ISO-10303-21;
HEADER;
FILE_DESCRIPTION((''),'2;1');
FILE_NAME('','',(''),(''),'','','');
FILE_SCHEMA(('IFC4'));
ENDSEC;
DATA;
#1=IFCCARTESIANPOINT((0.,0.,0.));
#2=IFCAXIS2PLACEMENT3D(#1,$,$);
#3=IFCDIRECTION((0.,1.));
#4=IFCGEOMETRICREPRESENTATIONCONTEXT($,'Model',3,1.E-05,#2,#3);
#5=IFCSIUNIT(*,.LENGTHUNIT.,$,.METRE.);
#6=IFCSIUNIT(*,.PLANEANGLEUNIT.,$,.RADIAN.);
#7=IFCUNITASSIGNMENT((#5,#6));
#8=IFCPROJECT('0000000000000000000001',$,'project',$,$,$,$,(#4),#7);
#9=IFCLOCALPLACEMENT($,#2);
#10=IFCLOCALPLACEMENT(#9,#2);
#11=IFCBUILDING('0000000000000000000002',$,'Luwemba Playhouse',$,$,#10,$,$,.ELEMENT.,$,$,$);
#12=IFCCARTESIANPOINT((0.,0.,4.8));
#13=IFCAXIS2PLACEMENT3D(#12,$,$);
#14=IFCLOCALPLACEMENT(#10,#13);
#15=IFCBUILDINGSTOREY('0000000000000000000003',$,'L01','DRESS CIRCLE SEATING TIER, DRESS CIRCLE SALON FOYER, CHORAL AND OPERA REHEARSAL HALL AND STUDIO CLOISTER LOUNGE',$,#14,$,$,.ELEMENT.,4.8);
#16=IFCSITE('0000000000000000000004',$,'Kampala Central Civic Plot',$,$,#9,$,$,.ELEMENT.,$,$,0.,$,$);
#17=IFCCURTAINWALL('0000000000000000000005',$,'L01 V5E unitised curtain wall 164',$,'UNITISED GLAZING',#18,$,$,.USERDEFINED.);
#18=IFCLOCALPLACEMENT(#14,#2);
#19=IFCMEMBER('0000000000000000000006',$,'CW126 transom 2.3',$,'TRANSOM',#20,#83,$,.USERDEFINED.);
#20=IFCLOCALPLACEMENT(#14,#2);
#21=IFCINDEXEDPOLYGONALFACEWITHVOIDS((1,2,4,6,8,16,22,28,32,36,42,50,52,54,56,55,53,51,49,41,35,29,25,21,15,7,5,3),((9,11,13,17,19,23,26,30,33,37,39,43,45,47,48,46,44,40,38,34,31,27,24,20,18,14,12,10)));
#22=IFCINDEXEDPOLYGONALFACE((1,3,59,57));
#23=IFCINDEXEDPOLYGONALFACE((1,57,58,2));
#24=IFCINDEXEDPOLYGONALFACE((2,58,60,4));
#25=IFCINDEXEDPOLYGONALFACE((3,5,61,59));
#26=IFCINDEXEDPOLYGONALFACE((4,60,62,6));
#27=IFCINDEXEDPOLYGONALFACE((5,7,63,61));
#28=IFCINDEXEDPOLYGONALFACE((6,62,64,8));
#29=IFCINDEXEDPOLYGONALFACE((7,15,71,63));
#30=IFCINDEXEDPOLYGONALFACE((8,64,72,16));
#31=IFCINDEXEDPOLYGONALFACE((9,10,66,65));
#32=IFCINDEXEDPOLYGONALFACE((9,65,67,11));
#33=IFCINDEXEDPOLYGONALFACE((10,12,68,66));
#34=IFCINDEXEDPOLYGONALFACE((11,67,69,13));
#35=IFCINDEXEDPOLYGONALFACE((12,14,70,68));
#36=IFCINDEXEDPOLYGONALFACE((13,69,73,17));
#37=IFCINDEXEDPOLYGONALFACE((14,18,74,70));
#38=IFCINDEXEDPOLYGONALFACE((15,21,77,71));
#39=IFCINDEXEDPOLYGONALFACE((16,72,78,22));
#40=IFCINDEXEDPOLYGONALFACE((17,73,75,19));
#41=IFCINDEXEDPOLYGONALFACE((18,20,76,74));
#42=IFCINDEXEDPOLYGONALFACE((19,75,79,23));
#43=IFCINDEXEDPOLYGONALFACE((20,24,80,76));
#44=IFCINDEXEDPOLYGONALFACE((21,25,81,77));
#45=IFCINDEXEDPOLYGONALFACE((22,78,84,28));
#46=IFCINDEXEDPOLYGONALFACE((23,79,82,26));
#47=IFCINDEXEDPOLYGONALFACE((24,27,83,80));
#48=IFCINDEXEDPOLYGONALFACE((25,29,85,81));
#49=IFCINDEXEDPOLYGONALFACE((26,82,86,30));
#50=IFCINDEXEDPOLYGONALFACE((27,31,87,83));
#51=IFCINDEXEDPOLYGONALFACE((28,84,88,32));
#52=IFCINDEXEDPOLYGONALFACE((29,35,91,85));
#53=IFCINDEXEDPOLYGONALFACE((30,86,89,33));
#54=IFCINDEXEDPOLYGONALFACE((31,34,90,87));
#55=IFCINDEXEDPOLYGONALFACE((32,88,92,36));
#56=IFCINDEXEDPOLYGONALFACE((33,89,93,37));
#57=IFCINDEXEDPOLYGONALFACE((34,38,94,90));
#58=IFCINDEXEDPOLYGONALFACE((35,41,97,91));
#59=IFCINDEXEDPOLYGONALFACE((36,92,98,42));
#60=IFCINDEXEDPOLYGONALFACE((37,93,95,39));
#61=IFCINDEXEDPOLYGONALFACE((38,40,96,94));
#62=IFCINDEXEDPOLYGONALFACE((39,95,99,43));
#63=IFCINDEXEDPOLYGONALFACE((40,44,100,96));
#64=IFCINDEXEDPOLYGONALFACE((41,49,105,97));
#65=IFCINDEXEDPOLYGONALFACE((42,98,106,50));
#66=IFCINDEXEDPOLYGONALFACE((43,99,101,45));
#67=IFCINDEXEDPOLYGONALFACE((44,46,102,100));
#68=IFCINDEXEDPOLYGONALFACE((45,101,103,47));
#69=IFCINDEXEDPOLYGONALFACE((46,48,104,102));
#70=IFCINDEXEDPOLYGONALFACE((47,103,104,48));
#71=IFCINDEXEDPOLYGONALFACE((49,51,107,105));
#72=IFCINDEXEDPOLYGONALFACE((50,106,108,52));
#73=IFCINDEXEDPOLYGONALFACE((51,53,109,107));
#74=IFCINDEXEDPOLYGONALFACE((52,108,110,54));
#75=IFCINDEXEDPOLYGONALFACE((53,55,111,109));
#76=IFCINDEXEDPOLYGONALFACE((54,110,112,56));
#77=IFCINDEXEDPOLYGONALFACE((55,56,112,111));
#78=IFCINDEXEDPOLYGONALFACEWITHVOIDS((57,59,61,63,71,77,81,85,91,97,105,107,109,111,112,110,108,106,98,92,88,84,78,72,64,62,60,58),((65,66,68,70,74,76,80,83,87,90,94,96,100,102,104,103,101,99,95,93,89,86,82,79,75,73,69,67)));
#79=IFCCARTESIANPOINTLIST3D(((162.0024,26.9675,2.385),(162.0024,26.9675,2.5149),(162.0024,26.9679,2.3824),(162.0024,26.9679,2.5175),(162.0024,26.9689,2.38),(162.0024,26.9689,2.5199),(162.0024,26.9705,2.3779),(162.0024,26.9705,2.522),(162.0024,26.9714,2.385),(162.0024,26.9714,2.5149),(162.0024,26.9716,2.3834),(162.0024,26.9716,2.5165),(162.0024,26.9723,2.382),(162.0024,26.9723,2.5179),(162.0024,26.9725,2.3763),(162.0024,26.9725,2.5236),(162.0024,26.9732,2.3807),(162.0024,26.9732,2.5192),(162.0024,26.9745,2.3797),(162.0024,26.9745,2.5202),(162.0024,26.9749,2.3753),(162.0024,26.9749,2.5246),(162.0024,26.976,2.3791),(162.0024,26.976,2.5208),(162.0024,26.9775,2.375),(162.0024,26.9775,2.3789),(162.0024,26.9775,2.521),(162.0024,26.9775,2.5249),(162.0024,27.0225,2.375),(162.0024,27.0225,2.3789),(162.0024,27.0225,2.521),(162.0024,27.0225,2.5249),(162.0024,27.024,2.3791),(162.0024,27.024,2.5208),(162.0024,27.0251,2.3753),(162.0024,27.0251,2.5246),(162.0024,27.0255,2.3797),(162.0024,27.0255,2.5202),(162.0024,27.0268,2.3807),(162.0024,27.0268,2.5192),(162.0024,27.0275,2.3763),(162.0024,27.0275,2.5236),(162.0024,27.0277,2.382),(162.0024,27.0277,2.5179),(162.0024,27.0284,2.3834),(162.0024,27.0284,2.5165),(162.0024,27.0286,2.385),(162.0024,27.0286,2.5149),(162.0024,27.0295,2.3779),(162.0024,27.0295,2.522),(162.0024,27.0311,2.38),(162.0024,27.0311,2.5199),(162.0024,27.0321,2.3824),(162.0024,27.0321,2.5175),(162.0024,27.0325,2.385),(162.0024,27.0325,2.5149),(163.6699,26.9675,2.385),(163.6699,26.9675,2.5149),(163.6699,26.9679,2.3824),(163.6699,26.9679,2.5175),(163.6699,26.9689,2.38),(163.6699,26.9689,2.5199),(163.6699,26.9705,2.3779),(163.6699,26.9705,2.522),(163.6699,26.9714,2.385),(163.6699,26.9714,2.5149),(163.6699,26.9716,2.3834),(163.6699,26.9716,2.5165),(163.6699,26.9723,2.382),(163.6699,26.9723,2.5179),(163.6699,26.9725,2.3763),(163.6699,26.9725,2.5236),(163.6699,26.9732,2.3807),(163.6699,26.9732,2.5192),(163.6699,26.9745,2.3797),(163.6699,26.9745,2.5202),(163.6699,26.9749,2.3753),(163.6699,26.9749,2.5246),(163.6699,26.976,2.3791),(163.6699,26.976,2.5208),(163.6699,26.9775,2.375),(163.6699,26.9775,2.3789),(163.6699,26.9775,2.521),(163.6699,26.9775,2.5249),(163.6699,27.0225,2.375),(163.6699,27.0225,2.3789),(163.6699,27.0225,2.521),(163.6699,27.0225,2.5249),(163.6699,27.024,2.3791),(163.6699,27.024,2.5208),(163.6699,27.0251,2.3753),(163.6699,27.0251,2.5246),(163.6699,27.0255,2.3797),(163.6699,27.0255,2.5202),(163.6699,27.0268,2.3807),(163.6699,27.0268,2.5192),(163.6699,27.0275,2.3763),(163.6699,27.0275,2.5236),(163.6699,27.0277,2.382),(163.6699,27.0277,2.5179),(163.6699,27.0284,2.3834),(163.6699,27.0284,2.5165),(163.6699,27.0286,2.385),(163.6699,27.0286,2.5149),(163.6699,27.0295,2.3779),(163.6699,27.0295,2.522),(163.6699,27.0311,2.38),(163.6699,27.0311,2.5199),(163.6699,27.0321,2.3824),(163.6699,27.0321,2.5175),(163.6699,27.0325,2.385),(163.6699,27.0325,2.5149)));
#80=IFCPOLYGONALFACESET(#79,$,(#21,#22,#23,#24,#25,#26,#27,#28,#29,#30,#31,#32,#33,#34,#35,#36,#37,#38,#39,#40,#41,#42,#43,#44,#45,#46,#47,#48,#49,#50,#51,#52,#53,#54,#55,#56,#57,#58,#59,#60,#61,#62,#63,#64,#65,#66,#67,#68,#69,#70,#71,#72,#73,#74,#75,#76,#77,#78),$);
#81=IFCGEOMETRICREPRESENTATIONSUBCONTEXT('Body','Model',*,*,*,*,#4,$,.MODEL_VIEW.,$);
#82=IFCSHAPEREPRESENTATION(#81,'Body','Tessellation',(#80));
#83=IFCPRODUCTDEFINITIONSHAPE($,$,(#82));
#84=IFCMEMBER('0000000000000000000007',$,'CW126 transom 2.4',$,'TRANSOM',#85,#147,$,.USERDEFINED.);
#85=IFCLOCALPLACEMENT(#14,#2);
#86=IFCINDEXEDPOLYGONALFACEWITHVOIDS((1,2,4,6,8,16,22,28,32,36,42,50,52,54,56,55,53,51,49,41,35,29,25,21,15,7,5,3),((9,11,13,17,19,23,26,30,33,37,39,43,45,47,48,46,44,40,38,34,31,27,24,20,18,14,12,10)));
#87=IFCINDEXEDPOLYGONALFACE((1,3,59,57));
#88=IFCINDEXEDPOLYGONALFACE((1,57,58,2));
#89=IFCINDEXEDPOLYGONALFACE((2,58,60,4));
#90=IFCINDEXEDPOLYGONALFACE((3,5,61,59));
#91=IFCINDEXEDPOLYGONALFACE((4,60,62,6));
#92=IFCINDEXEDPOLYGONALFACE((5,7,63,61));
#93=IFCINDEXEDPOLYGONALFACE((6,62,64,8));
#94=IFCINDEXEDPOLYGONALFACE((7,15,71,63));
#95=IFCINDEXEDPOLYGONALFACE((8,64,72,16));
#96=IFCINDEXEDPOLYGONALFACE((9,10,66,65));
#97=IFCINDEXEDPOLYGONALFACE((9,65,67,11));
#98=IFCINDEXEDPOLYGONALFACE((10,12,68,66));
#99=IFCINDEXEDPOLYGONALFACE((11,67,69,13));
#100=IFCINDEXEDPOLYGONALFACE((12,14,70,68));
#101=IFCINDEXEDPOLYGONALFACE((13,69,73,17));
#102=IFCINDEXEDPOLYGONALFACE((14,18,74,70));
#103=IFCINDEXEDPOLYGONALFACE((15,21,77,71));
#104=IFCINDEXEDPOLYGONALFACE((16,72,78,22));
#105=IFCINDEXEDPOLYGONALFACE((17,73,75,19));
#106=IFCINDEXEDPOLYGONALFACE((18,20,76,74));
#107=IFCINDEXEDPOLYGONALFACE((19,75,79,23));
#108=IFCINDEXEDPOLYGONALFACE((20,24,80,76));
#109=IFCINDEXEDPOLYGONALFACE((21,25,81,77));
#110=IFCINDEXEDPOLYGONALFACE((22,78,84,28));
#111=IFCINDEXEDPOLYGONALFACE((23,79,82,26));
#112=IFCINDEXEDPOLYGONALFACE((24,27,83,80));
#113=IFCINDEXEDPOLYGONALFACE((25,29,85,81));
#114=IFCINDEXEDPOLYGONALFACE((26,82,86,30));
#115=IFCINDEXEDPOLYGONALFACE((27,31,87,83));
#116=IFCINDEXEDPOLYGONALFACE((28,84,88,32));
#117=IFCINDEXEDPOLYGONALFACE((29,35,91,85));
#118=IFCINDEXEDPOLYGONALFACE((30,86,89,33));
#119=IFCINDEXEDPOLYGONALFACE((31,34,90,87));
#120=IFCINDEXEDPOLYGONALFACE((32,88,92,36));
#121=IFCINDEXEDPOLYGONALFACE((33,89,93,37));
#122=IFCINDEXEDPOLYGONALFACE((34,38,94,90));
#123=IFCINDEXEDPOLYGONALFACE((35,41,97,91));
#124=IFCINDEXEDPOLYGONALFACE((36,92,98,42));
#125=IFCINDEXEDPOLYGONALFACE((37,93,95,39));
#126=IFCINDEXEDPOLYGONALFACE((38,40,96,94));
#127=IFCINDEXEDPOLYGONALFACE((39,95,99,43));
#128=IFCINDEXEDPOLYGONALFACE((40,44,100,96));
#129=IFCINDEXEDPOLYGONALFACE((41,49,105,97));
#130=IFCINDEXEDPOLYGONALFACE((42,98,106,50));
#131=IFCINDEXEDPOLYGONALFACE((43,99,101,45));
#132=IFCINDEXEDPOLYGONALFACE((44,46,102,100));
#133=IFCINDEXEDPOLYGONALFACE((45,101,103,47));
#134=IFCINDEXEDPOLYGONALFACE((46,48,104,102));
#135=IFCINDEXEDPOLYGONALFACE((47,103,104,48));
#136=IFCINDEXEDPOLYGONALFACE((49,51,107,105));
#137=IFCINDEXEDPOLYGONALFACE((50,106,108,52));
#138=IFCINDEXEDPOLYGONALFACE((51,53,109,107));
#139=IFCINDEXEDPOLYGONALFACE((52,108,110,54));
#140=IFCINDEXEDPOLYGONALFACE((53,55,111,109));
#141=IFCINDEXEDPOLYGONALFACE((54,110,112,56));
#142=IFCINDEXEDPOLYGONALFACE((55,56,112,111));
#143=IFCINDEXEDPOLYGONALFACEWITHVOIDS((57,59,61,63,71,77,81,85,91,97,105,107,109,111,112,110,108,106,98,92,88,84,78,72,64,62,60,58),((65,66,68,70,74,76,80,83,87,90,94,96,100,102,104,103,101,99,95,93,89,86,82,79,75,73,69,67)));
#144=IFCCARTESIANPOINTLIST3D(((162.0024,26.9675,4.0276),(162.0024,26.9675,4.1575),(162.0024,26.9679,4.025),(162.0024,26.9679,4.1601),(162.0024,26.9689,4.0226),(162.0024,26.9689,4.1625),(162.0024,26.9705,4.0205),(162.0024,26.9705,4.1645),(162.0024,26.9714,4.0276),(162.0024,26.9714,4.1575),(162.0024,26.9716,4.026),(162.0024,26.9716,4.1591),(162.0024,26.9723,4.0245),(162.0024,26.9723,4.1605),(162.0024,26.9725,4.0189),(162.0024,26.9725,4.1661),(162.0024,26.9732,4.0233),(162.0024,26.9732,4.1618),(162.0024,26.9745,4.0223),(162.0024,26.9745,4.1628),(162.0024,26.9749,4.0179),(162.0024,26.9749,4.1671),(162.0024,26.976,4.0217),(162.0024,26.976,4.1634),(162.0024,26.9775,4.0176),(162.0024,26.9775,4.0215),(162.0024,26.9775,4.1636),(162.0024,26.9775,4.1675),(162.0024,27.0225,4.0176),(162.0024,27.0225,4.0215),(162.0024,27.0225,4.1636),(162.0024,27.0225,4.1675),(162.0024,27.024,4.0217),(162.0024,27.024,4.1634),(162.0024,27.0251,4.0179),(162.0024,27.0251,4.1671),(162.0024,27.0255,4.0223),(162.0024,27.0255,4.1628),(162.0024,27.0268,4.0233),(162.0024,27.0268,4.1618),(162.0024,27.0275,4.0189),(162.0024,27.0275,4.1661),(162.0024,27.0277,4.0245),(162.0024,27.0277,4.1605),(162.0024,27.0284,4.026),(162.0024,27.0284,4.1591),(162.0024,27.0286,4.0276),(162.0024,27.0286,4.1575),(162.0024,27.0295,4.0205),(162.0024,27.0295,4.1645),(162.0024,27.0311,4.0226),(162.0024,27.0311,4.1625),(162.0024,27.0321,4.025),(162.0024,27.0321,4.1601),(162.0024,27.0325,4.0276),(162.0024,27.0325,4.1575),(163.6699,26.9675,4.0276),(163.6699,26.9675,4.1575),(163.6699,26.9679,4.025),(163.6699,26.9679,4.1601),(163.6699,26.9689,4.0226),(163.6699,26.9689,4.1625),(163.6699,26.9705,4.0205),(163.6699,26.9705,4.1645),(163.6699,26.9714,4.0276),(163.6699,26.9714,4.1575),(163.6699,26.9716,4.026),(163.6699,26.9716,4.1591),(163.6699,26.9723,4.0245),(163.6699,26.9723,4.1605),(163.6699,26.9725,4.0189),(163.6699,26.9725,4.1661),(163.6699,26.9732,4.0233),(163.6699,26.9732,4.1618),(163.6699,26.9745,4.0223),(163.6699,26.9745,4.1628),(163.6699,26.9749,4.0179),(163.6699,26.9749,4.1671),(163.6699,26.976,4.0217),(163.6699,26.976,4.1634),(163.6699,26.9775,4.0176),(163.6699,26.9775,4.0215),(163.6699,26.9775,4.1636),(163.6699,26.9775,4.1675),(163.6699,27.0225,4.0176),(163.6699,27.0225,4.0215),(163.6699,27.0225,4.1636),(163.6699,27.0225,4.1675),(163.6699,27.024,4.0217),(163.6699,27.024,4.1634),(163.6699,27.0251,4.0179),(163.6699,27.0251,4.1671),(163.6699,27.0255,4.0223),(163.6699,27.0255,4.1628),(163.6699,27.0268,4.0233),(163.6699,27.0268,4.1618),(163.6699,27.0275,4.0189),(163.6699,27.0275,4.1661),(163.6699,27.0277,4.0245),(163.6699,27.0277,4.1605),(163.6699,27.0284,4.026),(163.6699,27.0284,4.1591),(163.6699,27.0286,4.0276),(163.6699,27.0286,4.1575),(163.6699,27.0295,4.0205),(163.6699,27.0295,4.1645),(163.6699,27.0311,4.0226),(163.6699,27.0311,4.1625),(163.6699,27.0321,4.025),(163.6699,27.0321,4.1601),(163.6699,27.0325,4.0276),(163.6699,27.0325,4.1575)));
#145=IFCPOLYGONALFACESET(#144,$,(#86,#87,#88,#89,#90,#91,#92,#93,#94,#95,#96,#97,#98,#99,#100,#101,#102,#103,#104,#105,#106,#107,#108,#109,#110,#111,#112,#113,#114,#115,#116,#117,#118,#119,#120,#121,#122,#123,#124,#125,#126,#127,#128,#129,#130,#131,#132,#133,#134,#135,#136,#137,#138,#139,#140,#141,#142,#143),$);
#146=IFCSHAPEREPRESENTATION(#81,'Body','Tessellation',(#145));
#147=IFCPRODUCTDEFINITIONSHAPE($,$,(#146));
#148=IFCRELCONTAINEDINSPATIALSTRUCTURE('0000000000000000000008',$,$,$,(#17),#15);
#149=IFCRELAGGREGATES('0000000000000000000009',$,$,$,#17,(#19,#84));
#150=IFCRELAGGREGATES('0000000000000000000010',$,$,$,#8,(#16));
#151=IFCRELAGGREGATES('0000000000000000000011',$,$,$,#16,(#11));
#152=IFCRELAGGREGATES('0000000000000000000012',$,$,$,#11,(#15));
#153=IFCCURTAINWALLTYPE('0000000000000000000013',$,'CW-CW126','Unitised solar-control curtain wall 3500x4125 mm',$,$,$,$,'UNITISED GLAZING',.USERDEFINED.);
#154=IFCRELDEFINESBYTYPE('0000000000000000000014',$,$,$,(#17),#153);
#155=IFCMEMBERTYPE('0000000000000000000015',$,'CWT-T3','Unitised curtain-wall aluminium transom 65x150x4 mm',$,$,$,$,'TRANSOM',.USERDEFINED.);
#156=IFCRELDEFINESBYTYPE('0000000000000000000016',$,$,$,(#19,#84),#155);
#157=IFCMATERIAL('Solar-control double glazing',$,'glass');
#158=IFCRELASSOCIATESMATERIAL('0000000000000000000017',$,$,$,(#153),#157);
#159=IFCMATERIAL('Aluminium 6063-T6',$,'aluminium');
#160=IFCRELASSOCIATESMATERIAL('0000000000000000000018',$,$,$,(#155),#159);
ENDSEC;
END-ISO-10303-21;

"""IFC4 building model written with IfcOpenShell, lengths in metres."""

from ifc_helpers import new_model, si_unit, direction, frame, origin, origin_2d, place, context, subcontext, project, spatial, hollow_rectangle, extrude, material, material_profile, profile_set, type_object, element, aggregate, save


model = new_model("IFC4")

# Units and contexts
model_context = context("Model", 3, precision=1e-05, world=origin(), true_north=direction((0.0, 1.0)))
body_context = subcontext(model_context, "Body", "Model", "MODEL_VIEW")
ifc_project = project(units=[si_unit("LENGTHUNIT", "METRE"), si_unit("PLANEANGLEUNIT", "RADIAN")], contexts=[model_context])

# Site, building, storey
site_placement = place(None, origin())
site = spatial("IfcSite", under=ifc_project, at=site_placement, Name="Kampala Central Civic Plot", CompositionType="ELEMENT", RefElevation=0.0)
building_placement = place(site_placement, origin())
building = spatial("IfcBuilding", under=site, at=building_placement, Name="Luwemba Playhouse", CompositionType="ELEMENT")
storey_placement = place(building_placement, frame((0.0, 0.0, 4.8)))
storey = spatial("IfcBuildingStorey", under=building, at=storey_placement, Name="L01", Description="DRESS CIRCLE SEATING TIER, DRESS CIRCLE SALON FOYER, CHORAL AND OPERA REHEARSAL HALL AND STUDIO CLOISTER LOUNGE", CompositionType="ELEMENT", Elevation=4.8)

# Curtain wall
ifc_material_1 = material(Name="Solar-control double glazing", Category="glass")
curtain_wall_type_1 = type_object("IfcCurtainWallType", Name="CW-CW126", Description="Unitised solar-control curtain wall 3500x4125 mm", ElementType="UNITISED GLAZING", PredefinedType="USERDEFINED", material=ifc_material_1)
curtain_wall_1_placement = place(storey_placement, origin())
curtain_wall_1 = element("IfcCurtainWall", 1, at=curtain_wall_1_placement, inside=storey, type_object=curtain_wall_type_1, Name="L01 V5E unitised curtain wall 164", ObjectType="UNITISED GLAZING", PredefinedType="USERDEFINED")
ifc_material_2 = material(Name="Aluminium 6063-T6", Category="aluminium")

# Members
ifc_material_profile_1 = material_profile(ifc_material_2, hollow_rectangle(XDim=0.0649, YDim=0.1499, WallThickness=0.0039, InnerFilletRadius=0.0061, OuterFilletRadius=0.01, at=origin_2d()))
ifc_profile_set_1 = profile_set([ifc_material_profile_1], Name="Aluminium 6063-T6")
member_type_1 = type_object("IfcMemberType", Name="CWT-T3", Description="Unitised curtain-wall aluminium transom 65x150x4 mm", ElementType="TRANSOM", PredefinedType="USERDEFINED", material=ifc_profile_set_1)
member_1_placement = place(storey_placement, frame((162.0024, 27.0, 2.45), z_axis=(1.0, 0.0, 0.0), x_axis=(0.0, 1.0, 0.0)))
member_1 = element("IfcMember", 2, at=member_1_placement, type_object=member_type_1, Name="CW126 transom 2.3", ObjectType="TRANSOM", PredefinedType="USERDEFINED", context=body_context, shape_type="SweptSolid", body=[
    extrude(hollow_rectangle(XDim=0.0649, YDim=0.1499, WallThickness=0.0039, InnerFilletRadius=0.0061, OuterFilletRadius=0.01, at=origin_2d()), origin(), (0.0, 0.0, 1.0), 1.6675),
])
member_2_placement = place(storey_placement, frame((162.0024, 27.0, 4.0925), z_axis=(1.0, 0.0, 0.0), x_axis=(0.0, 1.0, 0.0)))
member_2 = element("IfcMember", 3, at=member_2_placement, type_object=member_type_1, Name="CW126 transom 2.4", ObjectType="TRANSOM", PredefinedType="USERDEFINED", context=body_context, shape_type="SweptSolid", body=[
    extrude(hollow_rectangle(XDim=0.0649, YDim=0.1499, WallThickness=0.0039, InnerFilletRadius=0.0061, OuterFilletRadius=0.01, at=origin_2d()), origin(), (0.0, 0.0, 1.0), 1.6675),
])

aggregate(curtain_wall_1, [member_1, member_2])

save(model, "model.ifc")
